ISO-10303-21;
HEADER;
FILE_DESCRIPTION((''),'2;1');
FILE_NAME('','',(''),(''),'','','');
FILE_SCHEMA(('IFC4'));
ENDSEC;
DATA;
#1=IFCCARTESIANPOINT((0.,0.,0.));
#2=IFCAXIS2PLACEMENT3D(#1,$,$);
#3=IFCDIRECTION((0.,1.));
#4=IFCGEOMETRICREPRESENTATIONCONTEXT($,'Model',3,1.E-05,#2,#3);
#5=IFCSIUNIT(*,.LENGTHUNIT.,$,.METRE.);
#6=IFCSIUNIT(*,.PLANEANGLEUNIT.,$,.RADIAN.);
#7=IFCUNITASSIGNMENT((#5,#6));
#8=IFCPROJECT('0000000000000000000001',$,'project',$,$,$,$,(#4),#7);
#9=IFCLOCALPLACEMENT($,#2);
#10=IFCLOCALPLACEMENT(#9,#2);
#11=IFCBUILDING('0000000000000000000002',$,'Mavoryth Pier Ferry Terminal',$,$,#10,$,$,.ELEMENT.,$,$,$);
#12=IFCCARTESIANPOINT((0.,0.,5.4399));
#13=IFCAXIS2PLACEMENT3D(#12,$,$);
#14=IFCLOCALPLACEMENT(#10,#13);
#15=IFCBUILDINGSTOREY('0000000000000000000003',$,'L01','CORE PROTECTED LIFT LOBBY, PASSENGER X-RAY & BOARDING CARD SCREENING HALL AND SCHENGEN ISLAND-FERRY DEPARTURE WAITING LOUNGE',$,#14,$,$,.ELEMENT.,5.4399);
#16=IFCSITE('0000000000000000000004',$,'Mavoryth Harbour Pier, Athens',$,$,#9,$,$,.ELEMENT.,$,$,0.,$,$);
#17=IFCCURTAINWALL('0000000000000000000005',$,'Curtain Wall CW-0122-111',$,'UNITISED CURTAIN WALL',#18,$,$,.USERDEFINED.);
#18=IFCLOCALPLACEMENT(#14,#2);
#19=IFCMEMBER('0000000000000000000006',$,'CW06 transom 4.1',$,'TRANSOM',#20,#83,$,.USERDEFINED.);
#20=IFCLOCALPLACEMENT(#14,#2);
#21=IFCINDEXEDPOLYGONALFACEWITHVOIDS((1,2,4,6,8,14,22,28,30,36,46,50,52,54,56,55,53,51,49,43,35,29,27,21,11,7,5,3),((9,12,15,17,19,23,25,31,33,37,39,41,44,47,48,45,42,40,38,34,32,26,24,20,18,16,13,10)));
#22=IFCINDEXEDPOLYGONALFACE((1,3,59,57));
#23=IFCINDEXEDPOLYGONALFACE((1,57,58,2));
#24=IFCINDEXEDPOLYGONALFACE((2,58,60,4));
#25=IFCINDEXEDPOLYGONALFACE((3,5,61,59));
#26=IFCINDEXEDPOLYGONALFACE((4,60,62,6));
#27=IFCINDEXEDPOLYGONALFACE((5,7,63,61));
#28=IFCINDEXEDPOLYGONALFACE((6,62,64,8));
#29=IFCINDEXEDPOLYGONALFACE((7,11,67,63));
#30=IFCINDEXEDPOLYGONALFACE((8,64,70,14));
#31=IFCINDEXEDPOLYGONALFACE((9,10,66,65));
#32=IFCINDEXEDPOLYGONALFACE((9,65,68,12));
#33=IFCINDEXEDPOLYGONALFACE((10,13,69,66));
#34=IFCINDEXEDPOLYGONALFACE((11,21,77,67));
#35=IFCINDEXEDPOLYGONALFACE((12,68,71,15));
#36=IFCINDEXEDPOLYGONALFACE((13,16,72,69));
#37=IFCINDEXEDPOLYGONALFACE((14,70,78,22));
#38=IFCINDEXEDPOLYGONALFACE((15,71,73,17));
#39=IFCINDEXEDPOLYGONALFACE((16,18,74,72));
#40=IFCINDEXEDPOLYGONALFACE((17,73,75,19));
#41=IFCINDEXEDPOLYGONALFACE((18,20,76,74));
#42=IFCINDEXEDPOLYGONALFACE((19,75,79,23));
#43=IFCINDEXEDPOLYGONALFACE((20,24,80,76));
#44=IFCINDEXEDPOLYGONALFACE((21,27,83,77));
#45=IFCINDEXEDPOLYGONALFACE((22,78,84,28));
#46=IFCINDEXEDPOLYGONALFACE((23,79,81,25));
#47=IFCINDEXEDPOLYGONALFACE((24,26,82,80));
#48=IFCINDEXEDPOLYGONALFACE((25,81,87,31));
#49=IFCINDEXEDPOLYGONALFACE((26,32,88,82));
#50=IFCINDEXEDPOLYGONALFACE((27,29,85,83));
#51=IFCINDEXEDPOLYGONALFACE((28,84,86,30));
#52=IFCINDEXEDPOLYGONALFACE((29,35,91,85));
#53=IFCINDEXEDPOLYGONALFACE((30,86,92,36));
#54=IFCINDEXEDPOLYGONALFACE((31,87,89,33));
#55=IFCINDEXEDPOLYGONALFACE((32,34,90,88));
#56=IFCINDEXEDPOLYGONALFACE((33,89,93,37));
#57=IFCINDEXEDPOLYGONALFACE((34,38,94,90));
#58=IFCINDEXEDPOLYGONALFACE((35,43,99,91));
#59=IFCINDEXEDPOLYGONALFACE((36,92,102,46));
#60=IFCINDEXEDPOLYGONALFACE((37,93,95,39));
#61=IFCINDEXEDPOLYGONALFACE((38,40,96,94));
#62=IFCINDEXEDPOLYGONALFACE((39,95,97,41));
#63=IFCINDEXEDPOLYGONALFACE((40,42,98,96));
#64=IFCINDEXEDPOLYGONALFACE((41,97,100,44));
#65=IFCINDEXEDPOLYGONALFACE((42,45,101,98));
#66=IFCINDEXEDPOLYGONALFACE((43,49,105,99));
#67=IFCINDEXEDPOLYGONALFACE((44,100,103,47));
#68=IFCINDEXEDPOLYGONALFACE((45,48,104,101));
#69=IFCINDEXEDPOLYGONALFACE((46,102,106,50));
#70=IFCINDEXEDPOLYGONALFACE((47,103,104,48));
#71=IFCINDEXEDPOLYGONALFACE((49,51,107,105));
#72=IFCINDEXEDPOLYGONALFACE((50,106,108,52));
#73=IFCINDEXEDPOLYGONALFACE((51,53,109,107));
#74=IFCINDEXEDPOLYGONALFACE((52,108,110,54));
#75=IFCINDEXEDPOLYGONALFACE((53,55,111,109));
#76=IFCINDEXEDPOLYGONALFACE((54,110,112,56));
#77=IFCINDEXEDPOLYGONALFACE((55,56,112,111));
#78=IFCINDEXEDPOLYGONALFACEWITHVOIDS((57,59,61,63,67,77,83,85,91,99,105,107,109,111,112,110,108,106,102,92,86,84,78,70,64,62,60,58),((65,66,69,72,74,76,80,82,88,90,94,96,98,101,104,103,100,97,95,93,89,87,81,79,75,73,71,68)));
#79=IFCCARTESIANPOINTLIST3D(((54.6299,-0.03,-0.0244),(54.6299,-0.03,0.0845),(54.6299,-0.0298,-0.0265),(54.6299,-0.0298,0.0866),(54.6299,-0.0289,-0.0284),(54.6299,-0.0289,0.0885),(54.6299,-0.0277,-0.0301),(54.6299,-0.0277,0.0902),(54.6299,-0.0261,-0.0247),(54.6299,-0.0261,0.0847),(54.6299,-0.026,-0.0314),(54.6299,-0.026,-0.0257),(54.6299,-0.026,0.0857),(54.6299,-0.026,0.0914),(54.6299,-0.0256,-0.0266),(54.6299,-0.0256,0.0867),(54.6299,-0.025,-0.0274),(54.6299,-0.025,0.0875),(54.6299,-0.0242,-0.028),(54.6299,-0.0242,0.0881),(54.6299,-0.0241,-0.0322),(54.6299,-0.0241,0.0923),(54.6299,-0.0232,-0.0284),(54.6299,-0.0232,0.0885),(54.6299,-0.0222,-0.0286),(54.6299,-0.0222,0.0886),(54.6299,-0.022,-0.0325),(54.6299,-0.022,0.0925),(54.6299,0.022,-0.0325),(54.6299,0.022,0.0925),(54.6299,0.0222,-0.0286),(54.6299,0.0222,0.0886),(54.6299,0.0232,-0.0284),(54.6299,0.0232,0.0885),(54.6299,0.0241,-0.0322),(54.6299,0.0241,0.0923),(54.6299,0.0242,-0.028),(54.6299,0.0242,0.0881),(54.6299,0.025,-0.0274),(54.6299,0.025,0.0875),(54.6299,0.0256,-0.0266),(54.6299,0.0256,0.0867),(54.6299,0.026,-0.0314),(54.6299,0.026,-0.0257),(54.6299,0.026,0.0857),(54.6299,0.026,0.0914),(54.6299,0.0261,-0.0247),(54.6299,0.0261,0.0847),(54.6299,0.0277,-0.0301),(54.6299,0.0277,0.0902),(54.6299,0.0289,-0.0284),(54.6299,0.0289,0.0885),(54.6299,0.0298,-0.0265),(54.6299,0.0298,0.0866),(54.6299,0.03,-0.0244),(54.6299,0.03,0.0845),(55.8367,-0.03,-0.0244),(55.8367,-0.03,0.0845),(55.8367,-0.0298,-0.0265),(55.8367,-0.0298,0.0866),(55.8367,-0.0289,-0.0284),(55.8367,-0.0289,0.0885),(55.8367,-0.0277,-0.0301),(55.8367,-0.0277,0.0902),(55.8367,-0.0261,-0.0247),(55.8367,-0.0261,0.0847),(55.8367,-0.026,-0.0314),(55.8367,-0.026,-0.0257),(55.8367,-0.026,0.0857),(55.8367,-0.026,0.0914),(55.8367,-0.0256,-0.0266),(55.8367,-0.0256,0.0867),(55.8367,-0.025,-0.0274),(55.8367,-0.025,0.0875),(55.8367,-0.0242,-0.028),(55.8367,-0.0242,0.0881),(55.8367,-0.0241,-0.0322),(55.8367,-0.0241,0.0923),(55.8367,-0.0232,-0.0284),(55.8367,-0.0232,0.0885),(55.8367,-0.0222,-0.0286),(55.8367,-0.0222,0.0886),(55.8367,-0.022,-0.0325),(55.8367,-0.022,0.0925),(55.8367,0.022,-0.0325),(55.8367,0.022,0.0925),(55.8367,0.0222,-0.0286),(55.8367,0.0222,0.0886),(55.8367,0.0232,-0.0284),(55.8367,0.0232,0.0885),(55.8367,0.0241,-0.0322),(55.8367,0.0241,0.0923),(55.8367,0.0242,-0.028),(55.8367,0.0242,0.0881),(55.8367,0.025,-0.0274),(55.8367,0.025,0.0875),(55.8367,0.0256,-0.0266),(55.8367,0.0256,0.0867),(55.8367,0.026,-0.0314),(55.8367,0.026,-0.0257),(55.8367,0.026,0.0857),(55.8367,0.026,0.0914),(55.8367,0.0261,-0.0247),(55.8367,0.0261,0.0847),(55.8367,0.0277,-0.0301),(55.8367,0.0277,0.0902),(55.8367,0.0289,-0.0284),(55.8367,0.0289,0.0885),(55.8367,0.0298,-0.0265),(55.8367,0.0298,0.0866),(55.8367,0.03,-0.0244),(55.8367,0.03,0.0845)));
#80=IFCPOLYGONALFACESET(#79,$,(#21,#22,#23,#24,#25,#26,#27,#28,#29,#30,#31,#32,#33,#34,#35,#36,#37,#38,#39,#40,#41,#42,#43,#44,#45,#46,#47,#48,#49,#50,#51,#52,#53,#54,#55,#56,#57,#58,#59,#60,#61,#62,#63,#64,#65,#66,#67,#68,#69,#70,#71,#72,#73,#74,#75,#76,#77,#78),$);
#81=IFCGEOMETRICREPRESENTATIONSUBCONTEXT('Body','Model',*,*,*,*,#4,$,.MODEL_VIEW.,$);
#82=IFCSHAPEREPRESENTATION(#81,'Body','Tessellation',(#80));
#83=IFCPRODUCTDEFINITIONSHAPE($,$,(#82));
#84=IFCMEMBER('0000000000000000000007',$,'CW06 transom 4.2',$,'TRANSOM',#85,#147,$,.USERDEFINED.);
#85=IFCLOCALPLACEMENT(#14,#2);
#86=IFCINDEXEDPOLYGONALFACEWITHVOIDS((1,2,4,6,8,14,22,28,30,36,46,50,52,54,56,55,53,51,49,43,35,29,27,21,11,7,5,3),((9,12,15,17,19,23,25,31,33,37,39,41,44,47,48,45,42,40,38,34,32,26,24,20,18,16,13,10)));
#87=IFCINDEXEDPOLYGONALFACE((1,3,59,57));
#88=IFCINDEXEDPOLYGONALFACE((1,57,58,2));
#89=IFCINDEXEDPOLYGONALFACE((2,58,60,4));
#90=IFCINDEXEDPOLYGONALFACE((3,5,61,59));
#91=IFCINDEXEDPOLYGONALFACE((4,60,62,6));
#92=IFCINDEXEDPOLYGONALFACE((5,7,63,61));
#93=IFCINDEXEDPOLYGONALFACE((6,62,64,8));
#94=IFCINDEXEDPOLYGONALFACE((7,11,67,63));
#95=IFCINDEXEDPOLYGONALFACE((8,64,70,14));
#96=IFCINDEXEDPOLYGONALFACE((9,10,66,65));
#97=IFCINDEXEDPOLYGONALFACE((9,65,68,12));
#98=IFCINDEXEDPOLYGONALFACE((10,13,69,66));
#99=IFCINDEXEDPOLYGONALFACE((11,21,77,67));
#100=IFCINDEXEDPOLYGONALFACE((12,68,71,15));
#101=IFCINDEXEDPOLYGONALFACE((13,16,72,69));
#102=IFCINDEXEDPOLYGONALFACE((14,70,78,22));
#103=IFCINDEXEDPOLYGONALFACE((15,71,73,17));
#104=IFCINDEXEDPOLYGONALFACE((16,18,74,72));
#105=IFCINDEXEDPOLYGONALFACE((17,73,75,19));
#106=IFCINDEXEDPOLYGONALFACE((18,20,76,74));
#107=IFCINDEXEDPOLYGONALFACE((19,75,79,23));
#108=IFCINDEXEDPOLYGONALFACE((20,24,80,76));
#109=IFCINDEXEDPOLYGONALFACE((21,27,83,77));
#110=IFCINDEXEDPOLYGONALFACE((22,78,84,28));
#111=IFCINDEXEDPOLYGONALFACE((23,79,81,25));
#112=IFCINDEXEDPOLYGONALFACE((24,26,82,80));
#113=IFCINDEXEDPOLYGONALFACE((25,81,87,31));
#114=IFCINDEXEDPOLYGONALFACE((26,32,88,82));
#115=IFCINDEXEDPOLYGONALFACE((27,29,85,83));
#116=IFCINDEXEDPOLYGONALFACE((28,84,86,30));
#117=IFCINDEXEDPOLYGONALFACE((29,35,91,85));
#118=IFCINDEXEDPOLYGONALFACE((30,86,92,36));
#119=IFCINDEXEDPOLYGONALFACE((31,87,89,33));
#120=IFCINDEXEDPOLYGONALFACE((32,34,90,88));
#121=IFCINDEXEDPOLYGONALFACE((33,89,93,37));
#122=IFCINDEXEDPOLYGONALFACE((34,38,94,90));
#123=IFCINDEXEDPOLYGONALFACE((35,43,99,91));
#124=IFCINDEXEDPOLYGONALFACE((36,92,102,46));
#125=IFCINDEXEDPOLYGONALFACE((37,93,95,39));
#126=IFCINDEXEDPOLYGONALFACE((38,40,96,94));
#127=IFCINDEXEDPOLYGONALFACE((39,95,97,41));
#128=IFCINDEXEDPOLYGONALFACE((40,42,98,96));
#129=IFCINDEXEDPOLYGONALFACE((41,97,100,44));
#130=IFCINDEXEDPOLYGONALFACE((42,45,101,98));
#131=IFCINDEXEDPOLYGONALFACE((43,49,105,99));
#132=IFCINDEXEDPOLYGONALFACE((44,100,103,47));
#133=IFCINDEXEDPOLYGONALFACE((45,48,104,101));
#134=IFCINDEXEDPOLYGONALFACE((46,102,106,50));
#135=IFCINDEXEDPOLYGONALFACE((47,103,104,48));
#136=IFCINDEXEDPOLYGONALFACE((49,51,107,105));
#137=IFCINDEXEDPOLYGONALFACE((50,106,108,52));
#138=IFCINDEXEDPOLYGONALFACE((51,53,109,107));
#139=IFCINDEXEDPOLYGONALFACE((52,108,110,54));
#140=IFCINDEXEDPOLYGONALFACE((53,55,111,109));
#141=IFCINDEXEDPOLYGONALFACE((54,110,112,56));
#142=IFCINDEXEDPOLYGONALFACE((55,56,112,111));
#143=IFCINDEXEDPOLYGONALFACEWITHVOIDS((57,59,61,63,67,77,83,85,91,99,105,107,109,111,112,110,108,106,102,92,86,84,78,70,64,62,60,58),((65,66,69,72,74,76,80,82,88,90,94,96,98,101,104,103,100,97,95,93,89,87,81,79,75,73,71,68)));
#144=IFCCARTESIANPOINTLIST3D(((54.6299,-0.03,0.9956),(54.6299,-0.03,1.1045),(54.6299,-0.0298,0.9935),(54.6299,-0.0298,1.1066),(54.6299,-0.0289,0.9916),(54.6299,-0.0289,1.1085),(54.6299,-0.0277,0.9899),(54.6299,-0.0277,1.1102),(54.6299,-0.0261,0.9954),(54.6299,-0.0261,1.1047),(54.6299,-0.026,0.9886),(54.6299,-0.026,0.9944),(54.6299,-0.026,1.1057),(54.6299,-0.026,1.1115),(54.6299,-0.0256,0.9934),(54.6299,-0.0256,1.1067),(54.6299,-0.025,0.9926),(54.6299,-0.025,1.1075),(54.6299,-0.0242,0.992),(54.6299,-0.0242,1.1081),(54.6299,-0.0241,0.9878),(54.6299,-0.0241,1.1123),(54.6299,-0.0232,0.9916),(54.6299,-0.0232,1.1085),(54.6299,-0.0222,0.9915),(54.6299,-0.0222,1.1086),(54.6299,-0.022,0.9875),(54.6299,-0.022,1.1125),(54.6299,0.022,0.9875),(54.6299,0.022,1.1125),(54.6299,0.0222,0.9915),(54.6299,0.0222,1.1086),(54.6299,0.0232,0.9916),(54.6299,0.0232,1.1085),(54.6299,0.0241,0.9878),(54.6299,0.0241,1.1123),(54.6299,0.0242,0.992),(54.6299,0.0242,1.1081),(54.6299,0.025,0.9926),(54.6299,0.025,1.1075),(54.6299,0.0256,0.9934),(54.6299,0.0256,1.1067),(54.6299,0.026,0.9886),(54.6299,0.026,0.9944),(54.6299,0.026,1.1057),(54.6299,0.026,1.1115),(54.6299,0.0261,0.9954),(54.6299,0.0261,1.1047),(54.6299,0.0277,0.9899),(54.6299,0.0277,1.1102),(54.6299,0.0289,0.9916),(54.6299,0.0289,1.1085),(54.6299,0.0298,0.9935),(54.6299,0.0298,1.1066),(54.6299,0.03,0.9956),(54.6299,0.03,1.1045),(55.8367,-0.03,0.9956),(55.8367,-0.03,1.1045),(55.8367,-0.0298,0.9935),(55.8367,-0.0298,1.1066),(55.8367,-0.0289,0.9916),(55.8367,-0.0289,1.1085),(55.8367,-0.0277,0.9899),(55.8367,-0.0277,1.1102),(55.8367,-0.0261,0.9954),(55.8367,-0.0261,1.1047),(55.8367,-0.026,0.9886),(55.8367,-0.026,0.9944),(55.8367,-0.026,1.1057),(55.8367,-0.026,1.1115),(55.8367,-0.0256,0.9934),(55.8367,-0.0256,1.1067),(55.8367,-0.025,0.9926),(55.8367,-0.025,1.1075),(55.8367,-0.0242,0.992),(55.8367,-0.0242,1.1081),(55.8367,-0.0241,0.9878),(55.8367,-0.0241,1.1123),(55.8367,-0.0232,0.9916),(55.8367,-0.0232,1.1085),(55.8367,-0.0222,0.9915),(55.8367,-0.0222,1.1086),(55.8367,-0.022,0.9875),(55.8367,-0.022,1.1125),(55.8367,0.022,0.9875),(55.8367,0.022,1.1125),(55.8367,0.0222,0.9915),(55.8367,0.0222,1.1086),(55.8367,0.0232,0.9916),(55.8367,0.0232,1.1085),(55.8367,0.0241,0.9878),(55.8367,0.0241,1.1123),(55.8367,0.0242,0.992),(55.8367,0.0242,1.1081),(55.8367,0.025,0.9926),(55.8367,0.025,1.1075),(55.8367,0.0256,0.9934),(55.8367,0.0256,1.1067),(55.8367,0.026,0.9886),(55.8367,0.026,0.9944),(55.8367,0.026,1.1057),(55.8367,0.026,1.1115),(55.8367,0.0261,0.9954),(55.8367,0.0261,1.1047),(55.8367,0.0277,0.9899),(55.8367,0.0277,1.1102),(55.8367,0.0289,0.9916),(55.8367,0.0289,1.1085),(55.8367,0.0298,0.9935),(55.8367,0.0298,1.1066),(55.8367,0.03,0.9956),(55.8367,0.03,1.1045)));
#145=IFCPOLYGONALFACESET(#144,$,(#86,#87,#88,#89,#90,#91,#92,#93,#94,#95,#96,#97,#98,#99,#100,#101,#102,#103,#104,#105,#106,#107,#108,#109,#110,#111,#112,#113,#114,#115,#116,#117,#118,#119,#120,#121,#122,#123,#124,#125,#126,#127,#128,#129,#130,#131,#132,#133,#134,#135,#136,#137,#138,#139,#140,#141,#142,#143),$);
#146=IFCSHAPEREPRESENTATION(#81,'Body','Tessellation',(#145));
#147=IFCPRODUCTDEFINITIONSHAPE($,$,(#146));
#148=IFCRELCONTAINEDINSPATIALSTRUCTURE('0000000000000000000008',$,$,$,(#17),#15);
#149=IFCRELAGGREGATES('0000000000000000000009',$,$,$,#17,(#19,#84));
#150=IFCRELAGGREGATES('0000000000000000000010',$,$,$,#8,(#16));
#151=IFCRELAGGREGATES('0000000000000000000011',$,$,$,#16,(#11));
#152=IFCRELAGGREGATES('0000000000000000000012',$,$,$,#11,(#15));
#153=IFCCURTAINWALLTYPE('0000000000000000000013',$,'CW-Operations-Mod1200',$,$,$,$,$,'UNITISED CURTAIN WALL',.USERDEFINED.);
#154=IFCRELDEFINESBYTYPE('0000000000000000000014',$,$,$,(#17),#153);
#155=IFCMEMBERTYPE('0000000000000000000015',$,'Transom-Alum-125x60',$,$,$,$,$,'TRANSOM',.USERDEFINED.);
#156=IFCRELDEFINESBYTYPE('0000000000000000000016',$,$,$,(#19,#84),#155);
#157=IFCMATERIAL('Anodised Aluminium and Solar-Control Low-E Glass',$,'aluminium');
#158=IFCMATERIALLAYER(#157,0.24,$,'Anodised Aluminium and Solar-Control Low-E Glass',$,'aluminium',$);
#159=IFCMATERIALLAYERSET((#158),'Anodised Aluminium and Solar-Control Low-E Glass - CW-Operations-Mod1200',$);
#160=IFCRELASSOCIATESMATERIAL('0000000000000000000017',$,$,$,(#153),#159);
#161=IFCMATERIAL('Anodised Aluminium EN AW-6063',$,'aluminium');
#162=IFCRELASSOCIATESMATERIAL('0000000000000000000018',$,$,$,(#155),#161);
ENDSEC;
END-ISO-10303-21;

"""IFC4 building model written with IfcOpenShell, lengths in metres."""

from ifc_helpers import new_model, si_unit, direction, frame, origin, origin_2d, place, context, subcontext, project, spatial, hollow_rectangle, extrude, material, layer, layer_set, material_profile, profile_set, type_object, element, aggregate, save


model = new_model("IFC4")

# Units and contexts
model_context = context("Model", 3, precision=1e-05, world=origin(), true_north=direction((0.0, 1.0)))
body_context = subcontext(model_context, "Body", "Model", "MODEL_VIEW")
ifc_project = project(units=[si_unit("LENGTHUNIT", "METRE"), si_unit("PLANEANGLEUNIT", "RADIAN")], contexts=[model_context])

# Site, building, storey
site_placement = place(None, origin())
site = spatial("IfcSite", under=ifc_project, at=site_placement, Name="Mavoryth Harbour Pier, Athens", CompositionType="ELEMENT", RefElevation=0.0)
building_placement = place(site_placement, origin())
building = spatial("IfcBuilding", under=site, at=building_placement, Name="Mavoryth Pier Ferry Terminal", CompositionType="ELEMENT")
storey_placement = place(building_placement, frame((0.0, 0.0, 5.4399)))
storey = spatial("IfcBuildingStorey", under=building, at=storey_placement, Name="L01", Description="CORE PROTECTED LIFT LOBBY, PASSENGER X-RAY & BOARDING CARD SCREENING HALL AND SCHENGEN ISLAND-FERRY DEPARTURE WAITING LOUNGE", CompositionType="ELEMENT", Elevation=5.4399)

# Curtain wall, members
ifc_material_1 = material(Name="Anodised Aluminium and Solar-Control Low-E Glass", Category="aluminium")
ifc_layer_1 = layer(ifc_material_1, 0.24, Name="Anodised Aluminium and Solar-Control Low-E Glass", Category="aluminium")
ifc_layer_set_1 = layer_set([ifc_layer_1], Name="Anodised Aluminium and Solar-Control Low-E Glass - CW-Operations-Mod1200")
curtain_wall_type = type_object("IfcCurtainWallType", Name="CW-Operations-Mod1200", ElementType="UNITISED CURTAIN WALL", PredefinedType="USERDEFINED", material=ifc_layer_set_1)
curtain_wall_placement = place(storey_placement, origin())
curtain_wall = element("IfcCurtainWall", 1, at=curtain_wall_placement, inside=storey, type_object=curtain_wall_type, Name="Curtain Wall CW-0122-111", ObjectType="UNITISED CURTAIN WALL", PredefinedType="USERDEFINED")
ifc_material_2 = material(Name="Anodised Aluminium EN AW-6063", Category="aluminium")
ifc_material_profile_1 = material_profile(ifc_material_2, hollow_rectangle(XDim=0.0601, YDim=0.125, WallThickness=0.0039, InnerFilletRadius=0.0039, OuterFilletRadius=0.0081, at=origin_2d()), Name="AL-TRAN 125x60x4", Category="aluminium")
ifc_profile_set_1 = profile_set([ifc_material_profile_1], Name="Anodised Aluminium EN AW-6063 - AL-TRAN 125x60x4")
member_type_1 = type_object("IfcMemberType", Name="Transom-Alum-125x60", ElementType="TRANSOM", PredefinedType="USERDEFINED", material=ifc_profile_set_1)
member_1_placement = place(storey_placement, frame((54.6299, 0.0, 0.03), z_axis=(1.0, 0.0, 0.0), x_axis=(0.0, 1.0, 0.0)))
member_1 = element("IfcMember", 2, at=member_1_placement, type_object=member_type_1, Name="CW06 transom 4.1", ObjectType="TRANSOM", PredefinedType="USERDEFINED", context=body_context, shape_type="SweptSolid", body=[
    extrude(hollow_rectangle(XDim=0.0601, YDim=0.125, WallThickness=0.0039, InnerFilletRadius=0.0039, OuterFilletRadius=0.0081, at=origin_2d()), origin(), (0.0, 0.0, 1.0), 1.2068),
])
member_2_placement = place(storey_placement, frame((54.6299, 0.0, 1.05), z_axis=(1.0, 0.0, 0.0), x_axis=(0.0, 1.0, 0.0)))
member_2 = element("IfcMember", 3, at=member_2_placement, type_object=member_type_1, Name="CW06 transom 4.2", ObjectType="TRANSOM", PredefinedType="USERDEFINED", context=body_context, shape_type="SweptSolid", body=[
    extrude(hollow_rectangle(XDim=0.0601, YDim=0.125, WallThickness=0.0039, InnerFilletRadius=0.0039, OuterFilletRadius=0.0081, at=origin_2d()), origin(), (0.0, 0.0, 1.0), 1.2068),
])
aggregate(curtain_wall, [member_1, member_2])

save(model, "model.ifc")
